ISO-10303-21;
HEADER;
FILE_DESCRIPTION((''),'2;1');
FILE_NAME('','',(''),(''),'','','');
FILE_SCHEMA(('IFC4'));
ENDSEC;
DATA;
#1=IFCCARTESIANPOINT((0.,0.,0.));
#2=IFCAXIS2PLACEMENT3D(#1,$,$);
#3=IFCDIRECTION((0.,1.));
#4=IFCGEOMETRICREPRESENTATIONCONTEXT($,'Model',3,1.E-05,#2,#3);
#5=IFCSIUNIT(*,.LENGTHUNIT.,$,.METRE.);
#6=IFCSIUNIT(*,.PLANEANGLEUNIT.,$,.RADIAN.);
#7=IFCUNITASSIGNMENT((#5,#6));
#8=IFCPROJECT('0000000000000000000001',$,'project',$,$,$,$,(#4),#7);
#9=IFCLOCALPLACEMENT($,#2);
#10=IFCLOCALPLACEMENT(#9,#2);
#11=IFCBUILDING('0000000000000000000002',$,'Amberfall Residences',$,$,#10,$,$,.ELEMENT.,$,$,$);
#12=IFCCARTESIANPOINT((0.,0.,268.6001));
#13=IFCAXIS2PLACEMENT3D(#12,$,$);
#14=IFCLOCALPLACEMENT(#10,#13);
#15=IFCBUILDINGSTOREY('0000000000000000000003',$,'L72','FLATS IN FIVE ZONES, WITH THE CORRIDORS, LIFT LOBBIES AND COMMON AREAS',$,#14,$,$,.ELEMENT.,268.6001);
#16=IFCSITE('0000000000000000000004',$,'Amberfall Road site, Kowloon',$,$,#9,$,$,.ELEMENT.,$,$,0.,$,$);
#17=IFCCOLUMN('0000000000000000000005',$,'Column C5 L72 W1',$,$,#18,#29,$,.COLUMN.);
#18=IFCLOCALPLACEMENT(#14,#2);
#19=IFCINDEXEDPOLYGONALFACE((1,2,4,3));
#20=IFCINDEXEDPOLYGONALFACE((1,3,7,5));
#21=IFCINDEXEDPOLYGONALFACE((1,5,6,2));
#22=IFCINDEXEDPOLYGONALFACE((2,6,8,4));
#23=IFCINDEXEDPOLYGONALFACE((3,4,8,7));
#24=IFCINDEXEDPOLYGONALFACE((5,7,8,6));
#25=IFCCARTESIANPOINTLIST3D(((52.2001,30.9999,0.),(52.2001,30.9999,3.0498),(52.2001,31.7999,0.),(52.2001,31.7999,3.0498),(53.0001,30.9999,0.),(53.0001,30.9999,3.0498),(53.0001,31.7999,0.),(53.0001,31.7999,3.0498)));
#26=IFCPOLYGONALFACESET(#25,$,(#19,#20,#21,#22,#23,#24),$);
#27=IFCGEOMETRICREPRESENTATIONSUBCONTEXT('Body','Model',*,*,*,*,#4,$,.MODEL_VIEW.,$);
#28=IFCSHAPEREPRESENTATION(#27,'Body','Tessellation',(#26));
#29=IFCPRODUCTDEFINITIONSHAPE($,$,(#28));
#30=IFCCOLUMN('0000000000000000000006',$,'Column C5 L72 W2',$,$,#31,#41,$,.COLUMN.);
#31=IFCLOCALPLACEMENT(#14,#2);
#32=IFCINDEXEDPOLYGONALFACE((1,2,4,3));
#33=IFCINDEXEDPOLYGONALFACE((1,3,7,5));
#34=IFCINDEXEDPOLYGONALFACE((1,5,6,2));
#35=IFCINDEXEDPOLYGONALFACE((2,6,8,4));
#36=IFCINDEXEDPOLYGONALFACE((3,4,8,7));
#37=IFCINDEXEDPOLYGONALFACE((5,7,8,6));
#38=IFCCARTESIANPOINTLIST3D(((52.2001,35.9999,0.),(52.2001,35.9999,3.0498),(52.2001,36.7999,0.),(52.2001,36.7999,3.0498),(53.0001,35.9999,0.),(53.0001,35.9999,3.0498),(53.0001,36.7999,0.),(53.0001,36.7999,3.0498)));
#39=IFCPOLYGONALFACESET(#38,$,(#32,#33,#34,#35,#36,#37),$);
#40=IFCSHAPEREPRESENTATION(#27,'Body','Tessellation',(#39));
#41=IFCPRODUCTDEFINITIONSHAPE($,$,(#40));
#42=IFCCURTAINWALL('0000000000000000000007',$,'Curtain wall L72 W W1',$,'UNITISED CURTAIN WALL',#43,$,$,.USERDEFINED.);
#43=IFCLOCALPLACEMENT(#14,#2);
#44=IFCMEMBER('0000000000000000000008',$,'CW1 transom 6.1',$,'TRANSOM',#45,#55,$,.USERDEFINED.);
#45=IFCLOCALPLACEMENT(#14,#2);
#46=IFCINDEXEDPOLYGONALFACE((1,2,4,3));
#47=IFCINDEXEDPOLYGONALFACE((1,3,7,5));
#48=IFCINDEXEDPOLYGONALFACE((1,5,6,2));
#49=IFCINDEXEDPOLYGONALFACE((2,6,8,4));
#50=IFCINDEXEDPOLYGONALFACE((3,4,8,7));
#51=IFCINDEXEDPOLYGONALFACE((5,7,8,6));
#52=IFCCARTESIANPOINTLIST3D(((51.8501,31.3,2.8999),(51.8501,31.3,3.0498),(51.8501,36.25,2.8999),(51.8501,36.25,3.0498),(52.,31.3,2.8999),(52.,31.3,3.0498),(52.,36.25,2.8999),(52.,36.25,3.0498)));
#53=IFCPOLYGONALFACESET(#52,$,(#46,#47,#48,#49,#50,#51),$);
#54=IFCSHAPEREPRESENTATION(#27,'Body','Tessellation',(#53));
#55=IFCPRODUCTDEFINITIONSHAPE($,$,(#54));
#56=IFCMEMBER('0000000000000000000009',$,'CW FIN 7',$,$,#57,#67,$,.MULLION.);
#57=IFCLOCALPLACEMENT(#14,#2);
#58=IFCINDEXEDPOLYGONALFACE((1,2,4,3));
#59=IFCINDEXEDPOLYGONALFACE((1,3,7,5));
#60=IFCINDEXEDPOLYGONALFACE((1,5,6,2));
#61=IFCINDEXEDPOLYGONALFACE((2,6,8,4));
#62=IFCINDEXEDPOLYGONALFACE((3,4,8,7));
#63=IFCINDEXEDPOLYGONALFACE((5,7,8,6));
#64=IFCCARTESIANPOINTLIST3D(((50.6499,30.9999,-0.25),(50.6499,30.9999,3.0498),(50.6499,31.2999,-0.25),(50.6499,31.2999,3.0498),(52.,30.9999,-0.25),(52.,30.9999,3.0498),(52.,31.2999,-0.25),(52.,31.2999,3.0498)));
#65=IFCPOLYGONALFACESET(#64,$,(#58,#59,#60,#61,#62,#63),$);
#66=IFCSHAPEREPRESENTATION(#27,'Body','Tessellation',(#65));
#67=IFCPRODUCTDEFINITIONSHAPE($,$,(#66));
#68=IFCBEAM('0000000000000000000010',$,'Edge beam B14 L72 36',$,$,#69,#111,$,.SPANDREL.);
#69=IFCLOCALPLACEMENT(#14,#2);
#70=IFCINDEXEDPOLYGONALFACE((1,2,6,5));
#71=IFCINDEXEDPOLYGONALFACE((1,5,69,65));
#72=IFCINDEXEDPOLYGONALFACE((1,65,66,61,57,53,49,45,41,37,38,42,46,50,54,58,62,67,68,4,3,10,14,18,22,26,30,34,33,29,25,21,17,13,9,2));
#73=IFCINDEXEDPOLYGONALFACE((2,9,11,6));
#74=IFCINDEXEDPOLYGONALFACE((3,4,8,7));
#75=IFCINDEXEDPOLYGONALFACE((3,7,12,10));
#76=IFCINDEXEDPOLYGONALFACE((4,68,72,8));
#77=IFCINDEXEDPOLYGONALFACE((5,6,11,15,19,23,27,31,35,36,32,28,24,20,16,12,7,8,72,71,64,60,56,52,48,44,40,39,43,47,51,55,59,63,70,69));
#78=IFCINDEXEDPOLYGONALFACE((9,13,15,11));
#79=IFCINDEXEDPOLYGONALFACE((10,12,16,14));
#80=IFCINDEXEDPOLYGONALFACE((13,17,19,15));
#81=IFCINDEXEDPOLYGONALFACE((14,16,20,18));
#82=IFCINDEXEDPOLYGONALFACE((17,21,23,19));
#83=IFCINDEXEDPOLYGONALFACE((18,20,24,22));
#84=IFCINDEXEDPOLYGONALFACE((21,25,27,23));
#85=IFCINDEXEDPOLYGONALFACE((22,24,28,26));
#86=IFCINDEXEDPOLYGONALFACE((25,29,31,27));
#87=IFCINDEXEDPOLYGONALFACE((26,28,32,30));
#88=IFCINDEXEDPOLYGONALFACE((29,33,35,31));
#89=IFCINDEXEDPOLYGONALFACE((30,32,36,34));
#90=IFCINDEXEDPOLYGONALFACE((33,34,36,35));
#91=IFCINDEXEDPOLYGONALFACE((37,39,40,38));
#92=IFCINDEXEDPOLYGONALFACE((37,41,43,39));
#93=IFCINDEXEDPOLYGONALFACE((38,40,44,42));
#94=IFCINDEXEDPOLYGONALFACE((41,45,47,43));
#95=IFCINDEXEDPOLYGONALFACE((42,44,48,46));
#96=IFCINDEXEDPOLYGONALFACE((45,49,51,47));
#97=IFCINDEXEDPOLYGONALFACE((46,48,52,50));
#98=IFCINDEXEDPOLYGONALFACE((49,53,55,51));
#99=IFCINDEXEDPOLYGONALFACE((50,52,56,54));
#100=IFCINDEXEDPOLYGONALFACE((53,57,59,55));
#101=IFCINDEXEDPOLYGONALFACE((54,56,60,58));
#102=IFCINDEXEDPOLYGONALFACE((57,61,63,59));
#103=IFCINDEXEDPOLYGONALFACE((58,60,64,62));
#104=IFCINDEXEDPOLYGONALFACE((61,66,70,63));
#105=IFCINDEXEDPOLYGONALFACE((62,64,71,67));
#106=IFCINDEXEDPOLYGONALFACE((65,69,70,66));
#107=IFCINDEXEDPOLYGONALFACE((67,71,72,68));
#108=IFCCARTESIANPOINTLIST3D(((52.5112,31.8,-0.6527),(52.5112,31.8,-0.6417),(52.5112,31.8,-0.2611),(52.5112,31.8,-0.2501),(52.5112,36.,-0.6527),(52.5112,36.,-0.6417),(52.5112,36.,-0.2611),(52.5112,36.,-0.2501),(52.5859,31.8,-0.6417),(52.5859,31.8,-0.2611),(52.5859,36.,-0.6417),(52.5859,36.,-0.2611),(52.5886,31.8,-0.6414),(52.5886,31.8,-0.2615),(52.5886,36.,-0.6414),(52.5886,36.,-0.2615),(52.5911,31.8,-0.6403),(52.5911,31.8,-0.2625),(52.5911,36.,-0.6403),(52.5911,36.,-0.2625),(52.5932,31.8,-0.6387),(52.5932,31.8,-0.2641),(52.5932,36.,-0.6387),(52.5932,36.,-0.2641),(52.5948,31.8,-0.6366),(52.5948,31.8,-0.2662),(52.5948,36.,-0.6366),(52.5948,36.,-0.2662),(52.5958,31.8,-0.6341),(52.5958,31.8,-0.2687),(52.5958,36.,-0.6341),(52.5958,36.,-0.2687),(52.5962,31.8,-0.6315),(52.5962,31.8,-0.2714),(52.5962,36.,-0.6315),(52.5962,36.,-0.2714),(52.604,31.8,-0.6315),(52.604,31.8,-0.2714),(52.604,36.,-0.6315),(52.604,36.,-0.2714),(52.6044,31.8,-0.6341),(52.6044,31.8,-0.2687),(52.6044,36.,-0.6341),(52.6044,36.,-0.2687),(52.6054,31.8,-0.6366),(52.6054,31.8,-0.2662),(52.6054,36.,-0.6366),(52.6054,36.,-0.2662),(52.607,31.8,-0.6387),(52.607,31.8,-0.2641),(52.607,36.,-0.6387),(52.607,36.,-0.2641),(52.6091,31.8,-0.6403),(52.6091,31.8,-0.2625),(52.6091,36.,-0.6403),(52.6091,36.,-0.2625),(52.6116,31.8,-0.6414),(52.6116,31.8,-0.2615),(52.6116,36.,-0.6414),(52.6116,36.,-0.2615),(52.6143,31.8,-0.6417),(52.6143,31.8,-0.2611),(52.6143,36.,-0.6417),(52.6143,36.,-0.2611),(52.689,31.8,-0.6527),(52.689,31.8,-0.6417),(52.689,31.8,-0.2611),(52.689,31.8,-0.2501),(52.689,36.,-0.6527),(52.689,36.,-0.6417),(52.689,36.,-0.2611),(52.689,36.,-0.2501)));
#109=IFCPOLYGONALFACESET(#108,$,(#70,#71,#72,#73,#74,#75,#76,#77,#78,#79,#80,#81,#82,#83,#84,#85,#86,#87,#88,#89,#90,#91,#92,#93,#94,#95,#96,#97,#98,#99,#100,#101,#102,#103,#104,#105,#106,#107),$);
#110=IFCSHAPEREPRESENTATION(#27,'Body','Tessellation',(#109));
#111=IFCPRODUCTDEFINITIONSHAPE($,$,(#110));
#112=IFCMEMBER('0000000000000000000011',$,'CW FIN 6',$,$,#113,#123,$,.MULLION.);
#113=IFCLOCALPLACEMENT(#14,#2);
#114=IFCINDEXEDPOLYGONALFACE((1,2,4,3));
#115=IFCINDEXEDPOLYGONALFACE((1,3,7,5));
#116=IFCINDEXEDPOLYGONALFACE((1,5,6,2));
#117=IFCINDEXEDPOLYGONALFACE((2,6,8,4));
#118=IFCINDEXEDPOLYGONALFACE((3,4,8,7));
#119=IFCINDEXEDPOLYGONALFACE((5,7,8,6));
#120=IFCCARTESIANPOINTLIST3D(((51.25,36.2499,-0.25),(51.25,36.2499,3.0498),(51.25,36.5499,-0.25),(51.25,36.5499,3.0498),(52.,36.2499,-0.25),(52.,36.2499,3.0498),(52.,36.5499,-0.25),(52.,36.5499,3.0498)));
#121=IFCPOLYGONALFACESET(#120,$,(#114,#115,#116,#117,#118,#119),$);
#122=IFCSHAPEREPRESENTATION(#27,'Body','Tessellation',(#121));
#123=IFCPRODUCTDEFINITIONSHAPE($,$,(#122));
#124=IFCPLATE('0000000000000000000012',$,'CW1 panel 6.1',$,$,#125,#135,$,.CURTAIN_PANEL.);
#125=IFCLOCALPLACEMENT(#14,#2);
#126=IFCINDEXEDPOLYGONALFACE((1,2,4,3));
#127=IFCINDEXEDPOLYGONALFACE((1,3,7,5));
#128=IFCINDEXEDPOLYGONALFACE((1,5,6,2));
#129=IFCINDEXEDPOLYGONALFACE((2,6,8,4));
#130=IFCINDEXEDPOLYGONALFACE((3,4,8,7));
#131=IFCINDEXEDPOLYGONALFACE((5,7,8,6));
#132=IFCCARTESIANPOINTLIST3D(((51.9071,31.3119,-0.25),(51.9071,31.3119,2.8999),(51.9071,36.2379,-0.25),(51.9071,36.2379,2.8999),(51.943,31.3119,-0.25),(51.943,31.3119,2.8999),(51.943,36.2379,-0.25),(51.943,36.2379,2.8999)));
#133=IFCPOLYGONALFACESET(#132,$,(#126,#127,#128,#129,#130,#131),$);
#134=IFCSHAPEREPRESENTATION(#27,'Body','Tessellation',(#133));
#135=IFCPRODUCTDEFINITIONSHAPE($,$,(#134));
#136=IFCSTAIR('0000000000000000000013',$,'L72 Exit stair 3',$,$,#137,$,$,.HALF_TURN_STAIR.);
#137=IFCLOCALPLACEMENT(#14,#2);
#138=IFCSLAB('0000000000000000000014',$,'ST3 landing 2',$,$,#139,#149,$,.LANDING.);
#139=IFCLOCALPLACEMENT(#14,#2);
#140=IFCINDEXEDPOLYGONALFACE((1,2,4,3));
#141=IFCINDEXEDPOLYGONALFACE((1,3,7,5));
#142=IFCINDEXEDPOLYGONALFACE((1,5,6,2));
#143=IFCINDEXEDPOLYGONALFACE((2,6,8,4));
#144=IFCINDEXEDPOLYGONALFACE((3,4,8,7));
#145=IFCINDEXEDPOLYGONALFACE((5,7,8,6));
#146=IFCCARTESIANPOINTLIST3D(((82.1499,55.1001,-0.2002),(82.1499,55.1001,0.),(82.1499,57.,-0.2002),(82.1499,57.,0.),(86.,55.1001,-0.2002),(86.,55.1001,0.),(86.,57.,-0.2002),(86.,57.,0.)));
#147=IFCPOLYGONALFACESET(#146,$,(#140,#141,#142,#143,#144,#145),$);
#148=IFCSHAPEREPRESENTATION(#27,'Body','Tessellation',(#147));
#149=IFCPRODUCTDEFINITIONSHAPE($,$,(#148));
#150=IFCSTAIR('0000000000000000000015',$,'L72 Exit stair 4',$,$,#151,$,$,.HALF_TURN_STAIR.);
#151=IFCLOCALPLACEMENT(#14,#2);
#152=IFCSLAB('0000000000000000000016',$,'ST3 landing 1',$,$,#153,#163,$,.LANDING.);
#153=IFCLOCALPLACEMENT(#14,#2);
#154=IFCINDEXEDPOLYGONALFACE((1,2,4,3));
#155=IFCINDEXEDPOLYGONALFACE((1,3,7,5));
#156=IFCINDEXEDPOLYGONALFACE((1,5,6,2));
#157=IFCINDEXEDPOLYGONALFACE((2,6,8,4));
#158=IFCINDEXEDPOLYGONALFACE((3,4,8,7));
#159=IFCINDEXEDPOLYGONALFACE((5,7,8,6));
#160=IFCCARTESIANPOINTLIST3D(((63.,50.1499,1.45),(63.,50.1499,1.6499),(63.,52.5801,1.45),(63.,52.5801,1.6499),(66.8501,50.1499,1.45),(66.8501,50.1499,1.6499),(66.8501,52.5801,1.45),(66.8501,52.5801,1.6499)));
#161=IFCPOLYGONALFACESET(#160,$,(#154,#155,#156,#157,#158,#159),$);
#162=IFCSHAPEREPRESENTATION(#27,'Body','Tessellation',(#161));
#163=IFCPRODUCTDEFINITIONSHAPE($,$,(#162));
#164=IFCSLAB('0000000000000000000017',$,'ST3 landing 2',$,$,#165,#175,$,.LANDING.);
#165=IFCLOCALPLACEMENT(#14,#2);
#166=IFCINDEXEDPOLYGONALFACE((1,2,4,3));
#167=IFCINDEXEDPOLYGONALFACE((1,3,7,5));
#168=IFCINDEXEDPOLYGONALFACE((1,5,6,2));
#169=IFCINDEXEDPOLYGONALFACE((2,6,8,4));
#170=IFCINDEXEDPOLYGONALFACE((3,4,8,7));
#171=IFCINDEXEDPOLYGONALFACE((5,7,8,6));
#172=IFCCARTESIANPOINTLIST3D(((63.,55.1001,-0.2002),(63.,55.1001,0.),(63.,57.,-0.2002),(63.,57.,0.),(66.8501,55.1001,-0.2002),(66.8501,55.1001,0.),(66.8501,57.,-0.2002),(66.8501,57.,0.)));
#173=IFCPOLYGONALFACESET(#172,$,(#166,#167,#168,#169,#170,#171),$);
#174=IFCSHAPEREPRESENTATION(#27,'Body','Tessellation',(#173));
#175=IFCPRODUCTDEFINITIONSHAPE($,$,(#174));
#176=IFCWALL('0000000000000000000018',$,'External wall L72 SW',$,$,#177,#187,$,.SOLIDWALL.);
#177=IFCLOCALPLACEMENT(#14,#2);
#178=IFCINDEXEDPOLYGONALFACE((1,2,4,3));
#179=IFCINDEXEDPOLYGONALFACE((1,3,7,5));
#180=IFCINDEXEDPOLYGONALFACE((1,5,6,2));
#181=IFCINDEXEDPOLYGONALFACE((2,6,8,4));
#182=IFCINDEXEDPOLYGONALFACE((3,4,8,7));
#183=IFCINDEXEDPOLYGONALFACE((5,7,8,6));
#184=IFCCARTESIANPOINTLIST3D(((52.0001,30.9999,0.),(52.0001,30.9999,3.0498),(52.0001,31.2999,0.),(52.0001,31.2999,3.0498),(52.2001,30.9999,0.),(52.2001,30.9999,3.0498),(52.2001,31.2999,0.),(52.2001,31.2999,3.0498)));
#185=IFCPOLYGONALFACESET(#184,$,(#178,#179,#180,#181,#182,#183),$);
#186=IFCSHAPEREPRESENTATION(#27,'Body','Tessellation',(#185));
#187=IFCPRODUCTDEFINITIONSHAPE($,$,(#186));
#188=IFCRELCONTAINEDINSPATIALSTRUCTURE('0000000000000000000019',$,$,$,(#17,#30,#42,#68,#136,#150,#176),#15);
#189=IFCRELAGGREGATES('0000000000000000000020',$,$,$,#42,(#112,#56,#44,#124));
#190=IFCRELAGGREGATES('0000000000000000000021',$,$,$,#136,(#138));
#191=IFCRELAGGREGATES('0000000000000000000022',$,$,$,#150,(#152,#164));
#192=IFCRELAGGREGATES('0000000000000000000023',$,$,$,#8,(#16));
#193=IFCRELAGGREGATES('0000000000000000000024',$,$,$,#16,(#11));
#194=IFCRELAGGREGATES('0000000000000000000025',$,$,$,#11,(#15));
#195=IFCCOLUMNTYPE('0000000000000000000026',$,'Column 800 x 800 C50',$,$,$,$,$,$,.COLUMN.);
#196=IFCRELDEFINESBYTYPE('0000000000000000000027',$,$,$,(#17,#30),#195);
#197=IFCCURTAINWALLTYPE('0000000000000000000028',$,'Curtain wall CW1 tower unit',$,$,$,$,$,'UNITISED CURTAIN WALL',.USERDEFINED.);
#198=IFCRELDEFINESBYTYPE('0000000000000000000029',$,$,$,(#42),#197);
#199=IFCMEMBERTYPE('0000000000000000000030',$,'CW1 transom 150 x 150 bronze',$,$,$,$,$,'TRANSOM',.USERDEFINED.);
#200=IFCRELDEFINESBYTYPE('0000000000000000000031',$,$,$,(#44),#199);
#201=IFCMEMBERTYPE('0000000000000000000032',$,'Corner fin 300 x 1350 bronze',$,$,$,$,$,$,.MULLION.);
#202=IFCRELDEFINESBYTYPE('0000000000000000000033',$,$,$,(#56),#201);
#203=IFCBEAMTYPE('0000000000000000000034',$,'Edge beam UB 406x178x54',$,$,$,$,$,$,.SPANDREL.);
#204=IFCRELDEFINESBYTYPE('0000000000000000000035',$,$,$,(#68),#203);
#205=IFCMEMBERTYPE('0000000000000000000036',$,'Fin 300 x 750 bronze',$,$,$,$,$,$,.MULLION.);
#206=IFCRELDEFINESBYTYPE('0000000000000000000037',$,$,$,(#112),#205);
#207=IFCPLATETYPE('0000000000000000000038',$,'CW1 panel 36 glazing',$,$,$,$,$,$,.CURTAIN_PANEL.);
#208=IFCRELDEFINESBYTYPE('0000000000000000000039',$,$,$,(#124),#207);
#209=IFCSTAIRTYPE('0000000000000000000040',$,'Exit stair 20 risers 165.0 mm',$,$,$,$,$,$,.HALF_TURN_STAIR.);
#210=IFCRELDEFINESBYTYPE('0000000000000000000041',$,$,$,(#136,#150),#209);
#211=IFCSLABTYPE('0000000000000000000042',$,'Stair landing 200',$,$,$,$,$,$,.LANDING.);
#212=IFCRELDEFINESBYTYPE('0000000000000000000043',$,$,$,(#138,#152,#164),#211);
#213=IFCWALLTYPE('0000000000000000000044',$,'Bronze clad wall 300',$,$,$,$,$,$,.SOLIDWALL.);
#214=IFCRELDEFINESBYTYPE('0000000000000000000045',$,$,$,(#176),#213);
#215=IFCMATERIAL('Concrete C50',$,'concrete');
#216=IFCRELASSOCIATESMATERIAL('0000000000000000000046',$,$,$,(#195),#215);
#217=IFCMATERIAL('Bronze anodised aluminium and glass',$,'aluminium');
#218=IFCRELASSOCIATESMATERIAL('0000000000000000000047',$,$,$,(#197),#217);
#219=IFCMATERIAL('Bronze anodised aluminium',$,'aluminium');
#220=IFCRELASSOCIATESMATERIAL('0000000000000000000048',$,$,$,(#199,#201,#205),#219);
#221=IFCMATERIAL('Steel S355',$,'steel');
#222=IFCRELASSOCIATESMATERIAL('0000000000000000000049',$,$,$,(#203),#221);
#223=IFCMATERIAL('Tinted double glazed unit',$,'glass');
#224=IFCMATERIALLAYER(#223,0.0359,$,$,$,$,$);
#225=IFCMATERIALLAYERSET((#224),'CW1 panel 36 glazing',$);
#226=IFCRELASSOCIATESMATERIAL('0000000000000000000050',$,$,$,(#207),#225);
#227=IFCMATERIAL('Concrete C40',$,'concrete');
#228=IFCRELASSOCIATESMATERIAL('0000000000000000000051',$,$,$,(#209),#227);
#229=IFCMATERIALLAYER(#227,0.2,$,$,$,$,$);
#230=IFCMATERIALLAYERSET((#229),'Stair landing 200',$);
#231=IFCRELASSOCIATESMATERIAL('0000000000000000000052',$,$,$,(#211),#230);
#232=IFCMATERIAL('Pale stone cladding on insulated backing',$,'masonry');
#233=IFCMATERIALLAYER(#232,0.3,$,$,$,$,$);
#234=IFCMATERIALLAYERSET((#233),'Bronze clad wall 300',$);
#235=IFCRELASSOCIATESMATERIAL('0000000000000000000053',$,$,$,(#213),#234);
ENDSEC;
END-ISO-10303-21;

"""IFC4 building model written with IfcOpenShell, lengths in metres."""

from ifc_helpers import new_model, si_unit, direction, frame, frame_2d, origin, origin_2d, place, context, subcontext, project, spatial, polyline, rectangle, i_section, outline, extrude, material, layer, layer_set, material_profile, profile_set, type_object, element, aggregate, save


model = new_model("IFC4")

# Units and contexts
model_context = context("Model", 3, precision=1e-05, world=origin(), true_north=direction((0.0, 1.0)))
body_context = subcontext(model_context, "Body", "Model", "MODEL_VIEW")
ifc_project = project(units=[si_unit("LENGTHUNIT", "METRE"), si_unit("PLANEANGLEUNIT", "RADIAN")], contexts=[model_context])

# Site, building, storey
site_placement = place(None, origin())
site = spatial("IfcSite", under=ifc_project, at=site_placement, Name="Amberfall Road site, Kowloon", CompositionType="ELEMENT", RefElevation=0.0)
building_placement = place(site_placement, origin())
building = spatial("IfcBuilding", under=site, at=building_placement, Name="Amberfall Residences", CompositionType="ELEMENT")
storey_placement = place(building_placement, frame((0.0, 0.0, 268.6001)))
storey = spatial("IfcBuildingStorey", under=building, at=storey_placement, Name="L72", Description="FLATS IN FIVE ZONES, WITH THE CORRIDORS, LIFT LOBBIES AND COMMON AREAS", CompositionType="ELEMENT", Elevation=268.6001)

# Columns
ifc_material_1 = material(Name="Concrete C50", Category="concrete")
ifc_material_profile_1 = material_profile(ifc_material_1, rectangle(XDim=0.8, YDim=0.8, at=origin_2d()), Name="Column 800 x 800 C50")
ifc_profile_set_1 = profile_set([ifc_material_profile_1], Name="Concrete C50")
column_type = type_object("IfcColumnType", Name="Column 800 x 800 C50", PredefinedType="COLUMN", material=ifc_profile_set_1)
for number, where, z_axis, x_axis, name in (
    (1, (52.6001, 31.3999, 0.0), (0.0, 0.0, 1.0), (1.0, 0.0, 0.0), "Column C5 L72 W1"),
    (2, (52.6001, 36.3999, 0.0), (0.0, 0.0, 1.0), (1.0, 0.0, 0.0), "Column C5 L72 W2"),
):
    element("IfcColumn", number, at=place(storey_placement, frame(where, z_axis=z_axis, x_axis=x_axis)), inside=storey, type_object=column_type, Name=name, PredefinedType="COLUMN", context=body_context, shape_type="SweptSolid", body=[
        extrude(rectangle(XDim=0.8, YDim=0.8, at=origin_2d()), origin(), (0.0, 0.0, 1.0), 3.0498),
    ])

# Curtain wall, members
ifc_material_2 = material(Name="Bronze anodised aluminium and glass", Category="aluminium")
curtain_wall_type = type_object("IfcCurtainWallType", Name="Curtain wall CW1 tower unit", ElementType="UNITISED CURTAIN WALL", PredefinedType="USERDEFINED", material=ifc_material_2)
curtain_wall_placement = place(storey_placement, origin())
curtain_wall = element("IfcCurtainWall", 3, at=curtain_wall_placement, inside=storey, type_object=curtain_wall_type, Name="Curtain wall L72 W W1", ObjectType="UNITISED CURTAIN WALL", PredefinedType="USERDEFINED")
ifc_material_3 = material(Name="Bronze anodised aluminium", Category="aluminium")
ifc_material_profile_2 = material_profile(ifc_material_3, rectangle(XDim=0.1499, YDim=0.1499, at=origin_2d()), Name="CW1 transom 150 x 150 bronze")
ifc_profile_set_2 = profile_set([ifc_material_profile_2], Name="Bronze anodised aluminium")
member_type_1 = type_object("IfcMemberType", Name="CW1 transom 150 x 150 bronze", ElementType="TRANSOM", PredefinedType="USERDEFINED", material=ifc_profile_set_2)
member_1_placement = place(storey_placement, frame((51.925, 36.25, 2.9749), z_axis=(0.0, -1.0, 0.0), x_axis=(1.0, 0.0, 0.0)))
member_1 = element("IfcMember", 4, at=member_1_placement, type_object=member_type_1, Name="CW1 transom 6.1", ObjectType="TRANSOM", PredefinedType="USERDEFINED", context=body_context, shape_type="SweptSolid", body=[
    extrude(rectangle(XDim=0.1499, YDim=0.1499, at=origin_2d()), origin(), (0.0, 0.0, 1.0), 4.95),
])
ifc_material_profile_3 = material_profile(ifc_material_3, rectangle(XDim=1.3501, YDim=0.3, at=origin_2d()), Name="Corner fin 300 x 1350 bronze")
ifc_profile_set_3 = profile_set([ifc_material_profile_3], Name="Bronze anodised aluminium")
member_type_2 = type_object("IfcMemberType", Name="Corner fin 300 x 1350 bronze", PredefinedType="MULLION", material=ifc_profile_set_3)
member_2_placement = place(storey_placement, frame((51.325, 31.1499, -0.25), z_axis=(0.0, 0.0, 1.0), x_axis=(1.0, 0.0, 0.0)))
member_2 = element("IfcMember", 5, at=member_2_placement, type_object=member_type_2, Name="CW FIN 7", PredefinedType="MULLION", context=body_context, shape_type="SweptSolid", body=[
    extrude(rectangle(XDim=1.3501, YDim=0.3, at=origin_2d()), origin(), (0.0, 0.0, 1.0), 3.2998),
])

# Beam
ifc_material_4 = material(Name="Steel S355", Category="steel")
ifc_material_profile_4 = material_profile(ifc_material_4, i_section(OverallWidth=0.1777, OverallDepth=0.4026, WebThickness=0.0078, FlangeThickness=0.011, FilletRadius=0.0103, at=origin_2d()), Name="UB 406x178x54")
ifc_profile_set_4 = profile_set([ifc_material_profile_4], Name="Steel S355")
beam_type = type_object("IfcBeamType", Name="Edge beam UB 406x178x54", PredefinedType="SPANDREL", material=ifc_profile_set_4)
beam_placement = place(storey_placement, frame((52.6001, 31.8, -0.4514), z_axis=(0.0, 1.0, 0.0), x_axis=(-1.0, 0.0, 0.0)))
element("IfcBeam", 6, at=beam_placement, inside=storey, type_object=beam_type, Name="Edge beam B14 L72 36", PredefinedType="SPANDREL", context=body_context, shape_type="SweptSolid", body=[
    extrude(i_section(OverallWidth=0.1777, OverallDepth=0.4026, WebThickness=0.0078, FlangeThickness=0.011, FilletRadius=0.0103, at=origin_2d()), origin(), (0.0, 0.0, 1.0), 4.2),
])

# Member
ifc_material_profile_5 = material_profile(ifc_material_3, rectangle(XDim=0.75, YDim=0.3, at=origin_2d()), Name="Fin 300 x 750 bronze")
ifc_profile_set_5 = profile_set([ifc_material_profile_5], Name="Bronze anodised aluminium")
member_type_3 = type_object("IfcMemberType", Name="Fin 300 x 750 bronze", PredefinedType="MULLION", material=ifc_profile_set_5)
member_3_placement = place(storey_placement, frame((51.625, 36.3999, -0.25), z_axis=(0.0, 0.0, 1.0), x_axis=(1.0, 0.0, 0.0)))
member_3 = element("IfcMember", 7, at=member_3_placement, type_object=member_type_3, Name="CW FIN 6", PredefinedType="MULLION", context=body_context, shape_type="SweptSolid", body=[
    extrude(rectangle(XDim=0.75, YDim=0.3, at=origin_2d()), origin(), (0.0, 0.0, 1.0), 3.2998),
])

# Plate
ifc_material_5 = material(Name="Tinted double glazed unit", Category="glass")
ifc_layer_1 = layer(ifc_material_5, 0.0359)
ifc_layer_set_1 = layer_set([ifc_layer_1], Name="CW1 panel 36 glazing")
plate_type = type_object("IfcPlateType", Name="CW1 panel 36 glazing", PredefinedType="CURTAIN_PANEL", material=ifc_layer_set_1)
plate_placement = place(storey_placement, frame((51.925, 33.7749, -0.25), z_axis=(0.0, 0.0, 1.0), x_axis=(0.0, -1.0, 0.0)))
plate = element("IfcPlate", 8, at=plate_placement, type_object=plate_type, Name="CW1 panel 6.1", PredefinedType="CURTAIN_PANEL", context=body_context, shape_type="SweptSolid", body=[
    extrude(rectangle(XDim=4.926, YDim=0.0359, at=origin_2d()), origin(), (0.0, 0.0, 1.0), 3.1499),
])
aggregate(curtain_wall, [member_3, member_2, member_1, plate])

# Stair, slab
ifc_material_6 = material(Name="Concrete C40", Category="concrete")
stair_type = type_object("IfcStairType", Name="Exit stair 20 risers 165.0 mm", PredefinedType="HALF_TURN_STAIR", material=ifc_material_6)
stair_1_placement = place(storey_placement, origin())
stair_1 = element("IfcStair", 9, at=stair_1_placement, inside=storey, type_object=stair_type, Name="L72 Exit stair 3", PredefinedType="HALF_TURN_STAIR")
ifc_layer_2 = layer(ifc_material_6, 0.2)
ifc_layer_set_2 = layer_set([ifc_layer_2], Name="Stair landing 200")
slab_type = type_object("IfcSlabType", Name="Stair landing 200", PredefinedType="LANDING", material=ifc_layer_set_2)
slab_1_placement = place(storey_placement, frame((0.0, 0.0, -0.2002)))
slab_1 = element("IfcSlab", 10, at=slab_1_placement, type_object=slab_type, Name="ST3 landing 2", PredefinedType="LANDING", context=body_context, shape_type="SweptSolid", body=[
    extrude(outline(polyline([(82.1499, 57.0), (82.1499, 55.1001), (86.0, 55.1001), (86.0, 57.0), (82.1499, 57.0)])), origin(), (0.0, 0.0, 1.0), 0.2002),
])
aggregate(stair_1, [slab_1])

# Stair, slabs
stair_2_placement = place(storey_placement, origin())
stair_2 = element("IfcStair", 11, at=stair_2_placement, inside=storey, type_object=stair_type, Name="L72 Exit stair 4", PredefinedType="HALF_TURN_STAIR")
slab_2_placement = place(storey_placement, frame((0.0, 0.0, 1.45)))
slab_2 = element("IfcSlab", 12, at=slab_2_placement, type_object=slab_type, Name="ST3 landing 1", PredefinedType="LANDING", context=body_context, shape_type="SweptSolid", body=[
    extrude(outline(polyline([(63.0, 52.5801), (63.0, 50.1499), (66.8501, 50.1499), (66.8501, 52.5801), (63.0, 52.5801)])), origin(), (0.0, 0.0, 1.0), 0.2),
])
slab_3_placement = place(storey_placement, frame((0.0, 0.0, -0.2002)))
slab_3 = element("IfcSlab", 13, at=slab_3_placement, type_object=slab_type, Name="ST3 landing 2", PredefinedType="LANDING", context=body_context, shape_type="SweptSolid", body=[
    extrude(outline(polyline([(63.0, 57.0), (63.0, 55.1001), (66.8501, 55.1001), (66.8501, 57.0), (63.0, 57.0)])), origin(), (0.0, 0.0, 1.0), 0.2002),
])
aggregate(stair_2, [slab_2, slab_3])

# Wall
ifc_material_7 = material(Name="Pale stone cladding on insulated backing", Category="masonry")
ifc_layer_3 = layer(ifc_material_7, 0.3)
ifc_layer_set_3 = layer_set([ifc_layer_3], Name="Bronze clad wall 300")
wall_type = type_object("IfcWallType", Name="Bronze clad wall 300", PredefinedType="SOLIDWALL", material=ifc_layer_set_3)
wall_1_placement = place(storey_placement, frame((52.0, 31.1499, 0.0), z_axis=(0.0, 0.0, 1.0), x_axis=(1.0, 0.0, 0.0)))
element("IfcWall", 14, at=wall_1_placement, inside=storey, type_object=wall_type, Name="External wall L72 SW", PredefinedType="SOLIDWALL", context=body_context, shape_type="SweptSolid", body=[
    extrude(rectangle(XDim=0.2, YDim=0.3, at=frame_2d((0.1001, 0.0))), origin(), (0.0, 0.0, 1.0), 3.0498),
])

save(model, "model.ifc")
